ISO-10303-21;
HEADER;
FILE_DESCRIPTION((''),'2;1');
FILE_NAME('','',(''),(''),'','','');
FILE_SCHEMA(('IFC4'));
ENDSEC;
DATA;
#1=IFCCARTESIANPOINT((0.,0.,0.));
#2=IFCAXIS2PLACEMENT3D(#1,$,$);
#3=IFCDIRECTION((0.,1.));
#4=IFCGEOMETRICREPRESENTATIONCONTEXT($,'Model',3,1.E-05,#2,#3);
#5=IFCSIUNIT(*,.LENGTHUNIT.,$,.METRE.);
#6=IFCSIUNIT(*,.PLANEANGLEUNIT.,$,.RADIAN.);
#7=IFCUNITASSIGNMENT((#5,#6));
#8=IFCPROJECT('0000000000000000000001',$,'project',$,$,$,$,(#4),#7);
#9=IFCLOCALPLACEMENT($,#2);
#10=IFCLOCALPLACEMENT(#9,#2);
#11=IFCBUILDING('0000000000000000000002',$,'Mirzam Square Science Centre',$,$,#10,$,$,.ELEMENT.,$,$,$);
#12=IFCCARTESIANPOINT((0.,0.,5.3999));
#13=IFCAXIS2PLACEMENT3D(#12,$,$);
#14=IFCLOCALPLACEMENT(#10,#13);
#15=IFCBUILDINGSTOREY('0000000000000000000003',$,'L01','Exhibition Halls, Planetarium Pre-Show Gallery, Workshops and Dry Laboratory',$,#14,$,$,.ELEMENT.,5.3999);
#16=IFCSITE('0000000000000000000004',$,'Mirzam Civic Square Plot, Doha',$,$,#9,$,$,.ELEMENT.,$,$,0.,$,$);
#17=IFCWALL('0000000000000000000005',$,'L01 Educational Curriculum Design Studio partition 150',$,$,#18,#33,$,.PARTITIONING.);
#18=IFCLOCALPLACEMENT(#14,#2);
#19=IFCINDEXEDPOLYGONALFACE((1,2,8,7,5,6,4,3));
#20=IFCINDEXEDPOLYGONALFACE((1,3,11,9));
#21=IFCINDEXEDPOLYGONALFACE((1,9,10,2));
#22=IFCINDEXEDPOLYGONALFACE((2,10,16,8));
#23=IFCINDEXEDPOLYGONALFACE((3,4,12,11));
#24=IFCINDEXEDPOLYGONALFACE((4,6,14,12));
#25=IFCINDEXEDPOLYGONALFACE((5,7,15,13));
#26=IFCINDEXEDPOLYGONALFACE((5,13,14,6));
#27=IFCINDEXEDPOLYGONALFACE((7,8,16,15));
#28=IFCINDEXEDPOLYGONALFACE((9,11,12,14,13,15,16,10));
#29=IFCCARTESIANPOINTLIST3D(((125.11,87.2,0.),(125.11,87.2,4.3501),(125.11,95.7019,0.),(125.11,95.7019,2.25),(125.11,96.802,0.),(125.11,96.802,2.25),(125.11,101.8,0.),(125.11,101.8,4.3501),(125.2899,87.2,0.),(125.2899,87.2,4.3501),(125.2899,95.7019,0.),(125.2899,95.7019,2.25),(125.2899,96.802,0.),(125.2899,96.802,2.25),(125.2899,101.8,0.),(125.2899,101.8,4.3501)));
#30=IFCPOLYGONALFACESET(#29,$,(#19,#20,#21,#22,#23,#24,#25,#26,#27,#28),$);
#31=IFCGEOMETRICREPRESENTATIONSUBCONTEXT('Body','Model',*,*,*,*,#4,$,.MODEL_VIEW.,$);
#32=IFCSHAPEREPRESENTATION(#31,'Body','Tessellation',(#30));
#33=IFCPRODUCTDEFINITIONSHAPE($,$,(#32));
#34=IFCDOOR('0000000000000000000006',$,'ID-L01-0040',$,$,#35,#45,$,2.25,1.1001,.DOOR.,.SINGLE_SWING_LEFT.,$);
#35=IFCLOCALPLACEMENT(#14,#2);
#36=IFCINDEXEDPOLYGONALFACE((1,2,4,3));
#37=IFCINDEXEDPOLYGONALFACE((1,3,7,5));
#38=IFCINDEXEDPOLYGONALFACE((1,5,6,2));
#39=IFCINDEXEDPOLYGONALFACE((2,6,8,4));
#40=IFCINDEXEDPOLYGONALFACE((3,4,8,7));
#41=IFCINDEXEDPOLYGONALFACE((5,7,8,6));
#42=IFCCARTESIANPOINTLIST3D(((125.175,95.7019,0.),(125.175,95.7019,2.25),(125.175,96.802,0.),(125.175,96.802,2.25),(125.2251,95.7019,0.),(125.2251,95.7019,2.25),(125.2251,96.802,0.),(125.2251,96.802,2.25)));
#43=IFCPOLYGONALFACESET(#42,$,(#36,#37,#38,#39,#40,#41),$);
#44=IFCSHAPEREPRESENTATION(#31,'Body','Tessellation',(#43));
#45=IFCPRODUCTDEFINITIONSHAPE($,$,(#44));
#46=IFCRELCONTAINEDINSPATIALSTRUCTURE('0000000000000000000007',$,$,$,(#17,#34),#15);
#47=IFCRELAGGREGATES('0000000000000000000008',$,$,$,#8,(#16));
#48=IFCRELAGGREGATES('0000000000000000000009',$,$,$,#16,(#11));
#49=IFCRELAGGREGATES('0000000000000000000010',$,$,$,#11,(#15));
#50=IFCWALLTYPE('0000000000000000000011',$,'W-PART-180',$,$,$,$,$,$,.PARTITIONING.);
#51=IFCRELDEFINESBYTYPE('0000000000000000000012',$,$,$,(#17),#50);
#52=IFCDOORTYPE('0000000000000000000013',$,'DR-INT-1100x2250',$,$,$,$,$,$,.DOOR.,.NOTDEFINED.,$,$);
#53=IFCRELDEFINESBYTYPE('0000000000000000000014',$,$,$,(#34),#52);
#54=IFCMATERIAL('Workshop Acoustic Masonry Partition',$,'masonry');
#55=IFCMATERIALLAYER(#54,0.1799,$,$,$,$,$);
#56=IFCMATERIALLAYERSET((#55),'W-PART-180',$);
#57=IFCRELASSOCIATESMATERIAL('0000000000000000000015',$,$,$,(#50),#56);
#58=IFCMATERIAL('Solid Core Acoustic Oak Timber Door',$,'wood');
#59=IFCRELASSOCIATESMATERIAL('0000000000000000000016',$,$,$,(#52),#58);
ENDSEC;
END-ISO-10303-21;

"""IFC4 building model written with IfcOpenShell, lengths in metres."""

from ifc_helpers import new_model, si_unit, direction, frame, frame_2d, origin, place, context, subcontext, project, spatial, rectangle, extrude, material, layer, layer_set, type_object, element, fill, save


model = new_model("IFC4")

# Units and contexts
model_context = context("Model", 3, precision=1e-05, world=origin(), true_north=direction((0.0, 1.0)))
body_context = subcontext(model_context, "Body", "Model", "MODEL_VIEW")
ifc_project = project(units=[si_unit("LENGTHUNIT", "METRE"), si_unit("PLANEANGLEUNIT", "RADIAN")], contexts=[model_context])

# Site, building, storey
site_placement = place(None, origin())
site = spatial("IfcSite", under=ifc_project, at=site_placement, Name="Mirzam Civic Square Plot, Doha", CompositionType="ELEMENT", RefElevation=0.0)
building_placement = place(site_placement, origin())
building = spatial("IfcBuilding", under=site, at=building_placement, Name="Mirzam Square Science Centre", CompositionType="ELEMENT")
storey_placement = place(building_placement, frame((0.0, 0.0, 5.3999)))
storey = spatial("IfcBuildingStorey", under=building, at=storey_placement, Name="L01", Description="Exhibition Halls, Planetarium Pre-Show Gallery, Workshops and Dry Laboratory", CompositionType="ELEMENT", Elevation=5.3999)

# Shared definitions
ifc_material_1 = material(Name="Solid Core Acoustic Oak Timber Door", Category="wood")

# Wall, opening, door
ifc_material_2 = material(Name="Workshop Acoustic Masonry Partition", Category="masonry")
ifc_layer_1 = layer(ifc_material_2, 0.1799)
ifc_layer_set_1 = layer_set([ifc_layer_1], Name="W-PART-180")
wall_type_1 = type_object("IfcWallType", Name="W-PART-180", PredefinedType="PARTITIONING", material=ifc_layer_set_1)
wall_1_placement = place(storey_placement, frame((125.2, 87.2, 0.0), z_axis=(0.0, 0.0, 1.0), x_axis=(0.0, 1.0, 0.0)))
wall_1 = element("IfcWall", 1, at=wall_1_placement, inside=storey, type_object=wall_type_1, Name="L01 Educational Curriculum Design Studio partition 150", PredefinedType="PARTITIONING", context=body_context, shape_type="SweptSolid", body=[
    extrude(rectangle(XDim=14.6001, YDim=0.1799, at=frame_2d((7.3, 0.0))), origin(), (0.0, 0.0, 1.0), 4.3501),
])
opening_1_placement = place(wall_1_placement, frame((8.502, 0.0, 0.0)))
opening_1 = element("IfcOpeningElement", 2, at=opening_1_placement, cuts=wall_1, PredefinedType="OPENING", context=body_context, shape_type="SweptSolid", body=[
    extrude(rectangle(XDim=1.1001, YDim=2.25, at=frame_2d((0.55, 1.125))), frame((0.0, 0.0999, 0.0), z_axis=(0.0, -1.0, 0.0), x_axis=(1.0, 0.0, 0.0)), (0.0, 0.0, 1.0), 0.2),
])
door_type_1 = type_object("IfcDoorType", Name="DR-INT-1100x2250", OperationType="NOTDEFINED", PredefinedType="DOOR", material=ifc_material_1)
door_1_placement = place(opening_1_placement, origin())
door_1 = element("IfcDoor", 3, at=door_1_placement, inside=storey, type_object=door_type_1, Name="ID-L01-0040", OperationType="SINGLE_SWING_LEFT", OverallHeight=2.25, OverallWidth=1.1001, PredefinedType="DOOR", context=body_context, shape_type="SweptSolid", body=[
    extrude(rectangle(XDim=1.1001, YDim=2.25, at=frame_2d((0.55, 1.125))), frame((0.0, 0.0249, 0.0), z_axis=(0.0, -1.0, 0.0), x_axis=(1.0, 0.0, 0.0)), (0.0, 0.0, 1.0), 0.05),
])
fill(opening_1, door_1)

save(model, "model.ifc")
